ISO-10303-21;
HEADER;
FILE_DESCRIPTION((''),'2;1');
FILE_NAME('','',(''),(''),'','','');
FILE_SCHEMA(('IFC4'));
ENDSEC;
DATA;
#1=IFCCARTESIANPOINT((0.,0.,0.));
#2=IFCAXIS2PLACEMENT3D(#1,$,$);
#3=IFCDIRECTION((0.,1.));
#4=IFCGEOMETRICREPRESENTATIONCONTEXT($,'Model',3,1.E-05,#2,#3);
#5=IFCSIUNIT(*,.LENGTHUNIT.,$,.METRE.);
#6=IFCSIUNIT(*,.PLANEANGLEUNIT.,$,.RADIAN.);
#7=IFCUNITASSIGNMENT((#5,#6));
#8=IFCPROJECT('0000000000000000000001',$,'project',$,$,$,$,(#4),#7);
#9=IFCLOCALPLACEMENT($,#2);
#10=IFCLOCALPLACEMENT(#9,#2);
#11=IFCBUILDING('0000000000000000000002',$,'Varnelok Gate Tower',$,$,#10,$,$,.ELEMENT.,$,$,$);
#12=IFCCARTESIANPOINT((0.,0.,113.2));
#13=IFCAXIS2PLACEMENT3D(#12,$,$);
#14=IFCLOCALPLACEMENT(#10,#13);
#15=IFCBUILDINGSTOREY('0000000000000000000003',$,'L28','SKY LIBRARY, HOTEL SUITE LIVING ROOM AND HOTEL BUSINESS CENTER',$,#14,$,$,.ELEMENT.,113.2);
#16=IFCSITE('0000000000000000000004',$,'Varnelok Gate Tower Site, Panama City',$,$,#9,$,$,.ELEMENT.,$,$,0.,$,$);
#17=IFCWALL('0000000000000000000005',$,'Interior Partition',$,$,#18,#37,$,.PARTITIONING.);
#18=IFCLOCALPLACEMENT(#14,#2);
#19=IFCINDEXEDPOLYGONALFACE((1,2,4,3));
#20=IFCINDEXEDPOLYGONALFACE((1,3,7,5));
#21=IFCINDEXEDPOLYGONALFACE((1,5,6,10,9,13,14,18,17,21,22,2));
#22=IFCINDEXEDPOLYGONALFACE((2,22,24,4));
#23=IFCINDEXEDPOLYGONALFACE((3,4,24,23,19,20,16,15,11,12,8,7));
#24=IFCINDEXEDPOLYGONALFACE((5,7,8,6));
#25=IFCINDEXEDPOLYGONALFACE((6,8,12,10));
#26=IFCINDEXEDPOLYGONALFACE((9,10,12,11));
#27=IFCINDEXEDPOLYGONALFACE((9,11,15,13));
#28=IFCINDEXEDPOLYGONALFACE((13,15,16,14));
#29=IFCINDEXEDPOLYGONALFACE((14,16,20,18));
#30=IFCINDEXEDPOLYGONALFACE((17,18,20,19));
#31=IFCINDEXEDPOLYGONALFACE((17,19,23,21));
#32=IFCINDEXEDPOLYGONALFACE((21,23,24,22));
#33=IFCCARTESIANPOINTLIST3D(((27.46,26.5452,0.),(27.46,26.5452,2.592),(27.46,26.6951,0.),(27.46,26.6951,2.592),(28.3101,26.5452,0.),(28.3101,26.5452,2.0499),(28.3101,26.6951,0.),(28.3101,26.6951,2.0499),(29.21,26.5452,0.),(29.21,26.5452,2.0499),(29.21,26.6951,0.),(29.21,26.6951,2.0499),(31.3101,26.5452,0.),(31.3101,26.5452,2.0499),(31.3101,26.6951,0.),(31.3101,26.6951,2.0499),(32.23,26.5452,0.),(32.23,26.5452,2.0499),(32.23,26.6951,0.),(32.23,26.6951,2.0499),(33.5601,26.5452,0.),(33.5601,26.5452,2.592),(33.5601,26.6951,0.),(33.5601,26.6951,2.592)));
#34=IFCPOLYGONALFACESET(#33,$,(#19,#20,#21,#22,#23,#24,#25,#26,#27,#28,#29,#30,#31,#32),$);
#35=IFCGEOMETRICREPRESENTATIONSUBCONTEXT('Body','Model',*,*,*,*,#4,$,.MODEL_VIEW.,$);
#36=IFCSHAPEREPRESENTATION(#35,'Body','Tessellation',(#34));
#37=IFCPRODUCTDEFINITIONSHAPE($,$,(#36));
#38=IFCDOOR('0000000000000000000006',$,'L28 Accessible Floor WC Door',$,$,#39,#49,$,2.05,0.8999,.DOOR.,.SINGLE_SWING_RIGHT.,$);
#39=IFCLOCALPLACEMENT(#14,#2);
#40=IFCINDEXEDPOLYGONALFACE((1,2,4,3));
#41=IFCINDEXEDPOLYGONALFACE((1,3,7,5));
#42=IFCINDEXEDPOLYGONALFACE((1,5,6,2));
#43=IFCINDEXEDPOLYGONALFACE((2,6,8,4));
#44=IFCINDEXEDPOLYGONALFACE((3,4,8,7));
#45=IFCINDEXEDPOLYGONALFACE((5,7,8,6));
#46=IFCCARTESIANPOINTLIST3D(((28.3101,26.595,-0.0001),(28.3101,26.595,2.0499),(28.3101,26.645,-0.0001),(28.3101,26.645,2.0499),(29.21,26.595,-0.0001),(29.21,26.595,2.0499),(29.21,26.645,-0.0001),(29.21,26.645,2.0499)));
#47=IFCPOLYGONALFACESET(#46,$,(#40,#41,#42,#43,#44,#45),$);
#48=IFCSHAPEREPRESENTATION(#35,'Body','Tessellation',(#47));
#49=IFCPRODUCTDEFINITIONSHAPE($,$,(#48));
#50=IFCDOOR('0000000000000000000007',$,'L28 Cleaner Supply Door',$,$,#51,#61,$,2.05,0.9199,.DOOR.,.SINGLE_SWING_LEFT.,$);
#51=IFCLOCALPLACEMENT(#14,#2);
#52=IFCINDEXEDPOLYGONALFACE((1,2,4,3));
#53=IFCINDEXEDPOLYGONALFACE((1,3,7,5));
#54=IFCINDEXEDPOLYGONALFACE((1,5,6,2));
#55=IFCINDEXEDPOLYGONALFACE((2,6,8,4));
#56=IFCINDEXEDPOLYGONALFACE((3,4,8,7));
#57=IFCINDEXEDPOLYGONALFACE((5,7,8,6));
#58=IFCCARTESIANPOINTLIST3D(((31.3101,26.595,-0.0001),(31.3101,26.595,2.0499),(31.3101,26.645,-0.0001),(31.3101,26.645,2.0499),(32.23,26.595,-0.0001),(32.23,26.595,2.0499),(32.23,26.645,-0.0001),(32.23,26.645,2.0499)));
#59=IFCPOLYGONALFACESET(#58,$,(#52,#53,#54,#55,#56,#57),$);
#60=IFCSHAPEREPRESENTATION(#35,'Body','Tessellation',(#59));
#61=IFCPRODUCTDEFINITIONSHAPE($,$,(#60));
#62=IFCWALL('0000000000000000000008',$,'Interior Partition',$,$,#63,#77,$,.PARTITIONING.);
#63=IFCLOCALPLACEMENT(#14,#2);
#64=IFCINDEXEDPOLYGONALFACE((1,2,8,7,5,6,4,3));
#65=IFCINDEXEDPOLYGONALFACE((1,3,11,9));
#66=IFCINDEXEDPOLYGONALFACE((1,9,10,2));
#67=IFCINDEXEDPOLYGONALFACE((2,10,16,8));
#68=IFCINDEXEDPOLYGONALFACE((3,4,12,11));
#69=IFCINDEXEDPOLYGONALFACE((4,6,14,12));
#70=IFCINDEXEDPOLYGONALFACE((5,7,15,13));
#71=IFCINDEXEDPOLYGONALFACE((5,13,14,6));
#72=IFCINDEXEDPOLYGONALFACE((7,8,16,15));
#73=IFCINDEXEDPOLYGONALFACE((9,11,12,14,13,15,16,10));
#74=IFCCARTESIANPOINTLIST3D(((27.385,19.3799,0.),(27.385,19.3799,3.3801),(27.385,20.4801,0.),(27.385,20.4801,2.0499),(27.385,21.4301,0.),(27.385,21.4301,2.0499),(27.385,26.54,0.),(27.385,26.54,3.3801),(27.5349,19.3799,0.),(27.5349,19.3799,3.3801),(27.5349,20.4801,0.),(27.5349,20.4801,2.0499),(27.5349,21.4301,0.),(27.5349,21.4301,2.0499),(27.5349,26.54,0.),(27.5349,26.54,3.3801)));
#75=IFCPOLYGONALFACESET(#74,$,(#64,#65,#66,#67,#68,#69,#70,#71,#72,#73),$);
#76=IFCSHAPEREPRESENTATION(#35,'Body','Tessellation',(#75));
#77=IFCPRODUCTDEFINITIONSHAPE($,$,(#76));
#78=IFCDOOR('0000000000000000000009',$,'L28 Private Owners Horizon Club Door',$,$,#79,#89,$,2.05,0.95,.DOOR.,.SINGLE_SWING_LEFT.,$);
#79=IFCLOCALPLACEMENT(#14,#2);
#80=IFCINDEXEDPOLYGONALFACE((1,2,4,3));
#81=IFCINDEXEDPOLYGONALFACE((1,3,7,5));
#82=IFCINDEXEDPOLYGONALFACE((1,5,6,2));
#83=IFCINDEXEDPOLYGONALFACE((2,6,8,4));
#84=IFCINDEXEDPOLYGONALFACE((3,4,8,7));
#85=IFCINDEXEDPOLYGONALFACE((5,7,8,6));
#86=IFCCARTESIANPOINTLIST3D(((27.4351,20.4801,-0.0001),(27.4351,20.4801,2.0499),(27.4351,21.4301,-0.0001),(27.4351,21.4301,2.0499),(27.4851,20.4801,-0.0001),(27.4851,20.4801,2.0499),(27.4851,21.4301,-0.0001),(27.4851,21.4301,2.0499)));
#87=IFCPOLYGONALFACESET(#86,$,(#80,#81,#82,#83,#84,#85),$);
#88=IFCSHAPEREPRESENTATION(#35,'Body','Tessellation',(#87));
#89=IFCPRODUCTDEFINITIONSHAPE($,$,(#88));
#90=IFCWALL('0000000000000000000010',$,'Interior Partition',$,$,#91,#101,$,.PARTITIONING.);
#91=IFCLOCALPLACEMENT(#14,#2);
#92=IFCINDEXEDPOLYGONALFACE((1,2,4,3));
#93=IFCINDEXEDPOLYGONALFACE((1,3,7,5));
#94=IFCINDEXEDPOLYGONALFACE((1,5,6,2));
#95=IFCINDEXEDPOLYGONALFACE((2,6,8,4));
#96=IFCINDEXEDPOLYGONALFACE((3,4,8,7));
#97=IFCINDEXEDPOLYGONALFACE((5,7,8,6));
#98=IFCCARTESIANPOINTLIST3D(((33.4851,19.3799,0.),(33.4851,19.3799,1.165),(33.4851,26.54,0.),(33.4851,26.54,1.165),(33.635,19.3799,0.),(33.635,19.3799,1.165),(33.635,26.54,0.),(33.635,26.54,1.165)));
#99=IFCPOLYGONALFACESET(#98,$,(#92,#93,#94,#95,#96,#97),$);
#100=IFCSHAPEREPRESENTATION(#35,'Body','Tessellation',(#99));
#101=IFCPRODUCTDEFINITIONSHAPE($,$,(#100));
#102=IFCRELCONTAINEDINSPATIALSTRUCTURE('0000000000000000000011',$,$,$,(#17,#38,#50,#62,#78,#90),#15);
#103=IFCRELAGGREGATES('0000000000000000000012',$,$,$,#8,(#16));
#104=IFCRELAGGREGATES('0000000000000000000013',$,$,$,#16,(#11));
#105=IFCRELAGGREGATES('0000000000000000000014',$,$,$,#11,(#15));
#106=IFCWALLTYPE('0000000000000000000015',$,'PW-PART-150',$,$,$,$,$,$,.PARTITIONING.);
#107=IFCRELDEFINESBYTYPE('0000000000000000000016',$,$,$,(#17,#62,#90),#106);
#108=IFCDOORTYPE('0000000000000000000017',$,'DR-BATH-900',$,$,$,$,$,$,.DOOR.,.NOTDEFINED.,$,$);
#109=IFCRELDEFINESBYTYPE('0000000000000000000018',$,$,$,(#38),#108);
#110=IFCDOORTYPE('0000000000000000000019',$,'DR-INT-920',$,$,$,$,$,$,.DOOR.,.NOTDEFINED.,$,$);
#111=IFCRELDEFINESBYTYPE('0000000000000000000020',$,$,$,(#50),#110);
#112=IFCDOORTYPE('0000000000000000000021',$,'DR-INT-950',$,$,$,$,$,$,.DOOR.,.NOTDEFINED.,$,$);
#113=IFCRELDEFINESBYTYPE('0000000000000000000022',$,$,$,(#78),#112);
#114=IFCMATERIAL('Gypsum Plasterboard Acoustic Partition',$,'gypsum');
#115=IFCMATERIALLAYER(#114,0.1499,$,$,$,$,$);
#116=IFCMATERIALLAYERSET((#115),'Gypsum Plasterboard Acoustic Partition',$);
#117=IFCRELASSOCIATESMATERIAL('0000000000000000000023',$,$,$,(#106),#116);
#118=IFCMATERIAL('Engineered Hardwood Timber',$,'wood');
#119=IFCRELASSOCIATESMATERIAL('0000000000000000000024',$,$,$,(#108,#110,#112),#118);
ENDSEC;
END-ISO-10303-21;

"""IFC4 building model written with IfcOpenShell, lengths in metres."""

from ifc_helpers import new_model, si_unit, direction, frame, frame_2d, origin, place, context, subcontext, project, spatial, rectangle, extrude, material, layer, layer_set, type_object, element, fill, save


model = new_model("IFC4")

# Units and contexts
model_context = context("Model", 3, precision=1e-05, world=origin(), true_north=direction((0.0, 1.0)))
body_context = subcontext(model_context, "Body", "Model", "MODEL_VIEW")
ifc_project = project(units=[si_unit("LENGTHUNIT", "METRE"), si_unit("PLANEANGLEUNIT", "RADIAN")], contexts=[model_context])

# Site, building, storey
site_placement = place(None, origin())
site = spatial("IfcSite", under=ifc_project, at=site_placement, Name="Varnelok Gate Tower Site, Panama City", CompositionType="ELEMENT", RefElevation=0.0)
building_placement = place(site_placement, origin())
building = spatial("IfcBuilding", under=site, at=building_placement, Name="Varnelok Gate Tower", CompositionType="ELEMENT")
storey_placement = place(building_placement, frame((0.0, 0.0, 113.2)))
storey = spatial("IfcBuildingStorey", under=building, at=storey_placement, Name="L28", Description="SKY LIBRARY, HOTEL SUITE LIVING ROOM AND HOTEL BUSINESS CENTER", CompositionType="ELEMENT", Elevation=113.2)

# Shared definitions
ifc_material_1 = material(Name="Gypsum Plasterboard Acoustic Partition", Category="gypsum")
ifc_layer_1 = layer(ifc_material_1, 0.1499)
ifc_layer_set_1 = layer_set([ifc_layer_1], Name="Gypsum Plasterboard Acoustic Partition")
wall_type_1 = type_object("IfcWallType", Name="PW-PART-150", PredefinedType="PARTITIONING", material=ifc_layer_set_1)

# Wall, openings, doors
wall_1_placement = place(storey_placement, frame((27.46, 26.6201, 0.0), z_axis=(0.0, 0.0, 1.0), x_axis=(1.0, 0.0, 0.0)))
wall_1 = element("IfcWall", 1, at=wall_1_placement, inside=storey, type_object=wall_type_1, Name="Interior Partition", PredefinedType="PARTITIONING", context=body_context, shape_type="SweptSolid", body=[
    extrude(rectangle(XDim=6.1001, YDim=0.1499, at=frame_2d((3.05, 0.0))), origin(), (0.0, 0.0, 1.0), 2.592),
])
opening_1_placement = place(wall_1_placement, frame((0.8501, 0.0, 0.0)))
opening_1 = element("IfcOpeningElement", 2, at=opening_1_placement, cuts=wall_1, PredefinedType="OPENING", context=body_context, shape_type="SweptSolid", body=[
    extrude(rectangle(XDim=0.8999, YDim=2.05, at=frame_2d((0.45, 1.0249))), frame((0.0, 0.085, 0.0), z_axis=(0.0, -1.0, 0.0), x_axis=(1.0, 0.0, 0.0)), (0.0, 0.0, 1.0), 0.1699),
])
opening_2_placement = place(wall_1_placement, frame((3.8501, 0.0, 0.0)))
opening_2 = element("IfcOpeningElement", 3, at=opening_2_placement, cuts=wall_1, PredefinedType="OPENING", context=body_context, shape_type="SweptSolid", body=[
    extrude(rectangle(XDim=0.9199, YDim=2.05, at=frame_2d((0.46, 1.0249))), frame((0.0, 0.085, 0.0), z_axis=(0.0, -1.0, 0.0), x_axis=(1.0, 0.0, 0.0)), (0.0, 0.0, 1.0), 0.1699),
])
ifc_material_2 = material(Name="Engineered Hardwood Timber", Category="wood")
door_type_1 = type_object("IfcDoorType", Name="DR-BATH-900", OperationType="NOTDEFINED", PredefinedType="DOOR", material=ifc_material_2)
door_1_placement = place(opening_1_placement, origin())
door_1 = element("IfcDoor", 4, at=door_1_placement, inside=storey, type_object=door_type_1, Name="L28 Accessible Floor WC Door", OperationType="SINGLE_SWING_RIGHT", OverallHeight=2.05, OverallWidth=0.8999, PredefinedType="DOOR", context=body_context, shape_type="SweptSolid", body=[
    extrude(rectangle(XDim=0.8999, YDim=2.05, at=frame_2d((0.45, 1.0249))), frame((0.0, 0.0249, 0.0), z_axis=(0.0, -1.0, 0.0), x_axis=(1.0, 0.0, 0.0)), (0.0, 0.0, 1.0), 0.05),
])
fill(opening_1, door_1)
door_type_2 = type_object("IfcDoorType", Name="DR-INT-920", OperationType="NOTDEFINED", PredefinedType="DOOR", material=ifc_material_2)
door_2_placement = place(opening_2_placement, origin())
door_2 = element("IfcDoor", 5, at=door_2_placement, inside=storey, type_object=door_type_2, Name="L28 Cleaner Supply Door", OperationType="SINGLE_SWING_LEFT", OverallHeight=2.05, OverallWidth=0.9199, PredefinedType="DOOR", context=body_context, shape_type="SweptSolid", body=[
    extrude(rectangle(XDim=0.9199, YDim=2.05, at=frame_2d((0.46, 1.0249))), frame((0.0, 0.0249, 0.0), z_axis=(0.0, -1.0, 0.0), x_axis=(1.0, 0.0, 0.0)), (0.0, 0.0, 1.0), 0.05),
])
fill(opening_2, door_2)

# Wall, opening, door
wall_2_placement = place(storey_placement, frame((27.46, 19.3799, 0.0), z_axis=(0.0, 0.0, 1.0), x_axis=(0.0, 1.0, 0.0)))
wall_2 = element("IfcWall", 6, at=wall_2_placement, inside=storey, type_object=wall_type_1, Name="Interior Partition", PredefinedType="PARTITIONING", context=body_context, shape_type="SweptSolid", body=[
    extrude(rectangle(XDim=7.1602, YDim=0.1499, at=frame_2d((3.5801, 0.0))), origin(), (0.0, 0.0, 1.0), 3.3801),
])
opening_3_placement = place(wall_2_placement, frame((1.1001, 0.0, 0.0)))
opening_3 = element("IfcOpeningElement", 7, at=opening_3_placement, cuts=wall_2, PredefinedType="OPENING", context=body_context, shape_type="SweptSolid", body=[
    extrude(rectangle(XDim=0.95, YDim=2.05, at=frame_2d((0.4751, 1.0249))), frame((0.0, 0.085, 0.0), z_axis=(0.0, -1.0, 0.0), x_axis=(1.0, 0.0, 0.0)), (0.0, 0.0, 1.0), 0.1699),
])
door_type_3 = type_object("IfcDoorType", Name="DR-INT-950", OperationType="NOTDEFINED", PredefinedType="DOOR", material=ifc_material_2)
door_3_placement = place(opening_3_placement, origin())
door_3 = element("IfcDoor", 8, at=door_3_placement, inside=storey, type_object=door_type_3, Name="L28 Private Owners Horizon Club Door", OperationType="SINGLE_SWING_LEFT", OverallHeight=2.05, OverallWidth=0.95, PredefinedType="DOOR", context=body_context, shape_type="SweptSolid", body=[
    extrude(rectangle(XDim=0.95, YDim=2.05, at=frame_2d((0.4751, 1.0249))), frame((0.0, 0.0249, 0.0), z_axis=(0.0, -1.0, 0.0), x_axis=(1.0, 0.0, 0.0)), (0.0, 0.0, 1.0), 0.05),
])
fill(opening_3, door_3)

# Wall
wall_3_placement = place(storey_placement, frame((33.5601, 19.3799, 0.0), z_axis=(0.0, 0.0, 1.0), x_axis=(0.0, 1.0, 0.0)))
element("IfcWall", 9, at=wall_3_placement, inside=storey, type_object=wall_type_1, Name="Interior Partition", PredefinedType="PARTITIONING", context=body_context, shape_type="SweptSolid", body=[
    extrude(rectangle(XDim=7.1602, YDim=0.1499, at=frame_2d((3.5801, 0.0))), origin(), (0.0, 0.0, 1.0), 1.165),
])

save(model, "model.ifc")
